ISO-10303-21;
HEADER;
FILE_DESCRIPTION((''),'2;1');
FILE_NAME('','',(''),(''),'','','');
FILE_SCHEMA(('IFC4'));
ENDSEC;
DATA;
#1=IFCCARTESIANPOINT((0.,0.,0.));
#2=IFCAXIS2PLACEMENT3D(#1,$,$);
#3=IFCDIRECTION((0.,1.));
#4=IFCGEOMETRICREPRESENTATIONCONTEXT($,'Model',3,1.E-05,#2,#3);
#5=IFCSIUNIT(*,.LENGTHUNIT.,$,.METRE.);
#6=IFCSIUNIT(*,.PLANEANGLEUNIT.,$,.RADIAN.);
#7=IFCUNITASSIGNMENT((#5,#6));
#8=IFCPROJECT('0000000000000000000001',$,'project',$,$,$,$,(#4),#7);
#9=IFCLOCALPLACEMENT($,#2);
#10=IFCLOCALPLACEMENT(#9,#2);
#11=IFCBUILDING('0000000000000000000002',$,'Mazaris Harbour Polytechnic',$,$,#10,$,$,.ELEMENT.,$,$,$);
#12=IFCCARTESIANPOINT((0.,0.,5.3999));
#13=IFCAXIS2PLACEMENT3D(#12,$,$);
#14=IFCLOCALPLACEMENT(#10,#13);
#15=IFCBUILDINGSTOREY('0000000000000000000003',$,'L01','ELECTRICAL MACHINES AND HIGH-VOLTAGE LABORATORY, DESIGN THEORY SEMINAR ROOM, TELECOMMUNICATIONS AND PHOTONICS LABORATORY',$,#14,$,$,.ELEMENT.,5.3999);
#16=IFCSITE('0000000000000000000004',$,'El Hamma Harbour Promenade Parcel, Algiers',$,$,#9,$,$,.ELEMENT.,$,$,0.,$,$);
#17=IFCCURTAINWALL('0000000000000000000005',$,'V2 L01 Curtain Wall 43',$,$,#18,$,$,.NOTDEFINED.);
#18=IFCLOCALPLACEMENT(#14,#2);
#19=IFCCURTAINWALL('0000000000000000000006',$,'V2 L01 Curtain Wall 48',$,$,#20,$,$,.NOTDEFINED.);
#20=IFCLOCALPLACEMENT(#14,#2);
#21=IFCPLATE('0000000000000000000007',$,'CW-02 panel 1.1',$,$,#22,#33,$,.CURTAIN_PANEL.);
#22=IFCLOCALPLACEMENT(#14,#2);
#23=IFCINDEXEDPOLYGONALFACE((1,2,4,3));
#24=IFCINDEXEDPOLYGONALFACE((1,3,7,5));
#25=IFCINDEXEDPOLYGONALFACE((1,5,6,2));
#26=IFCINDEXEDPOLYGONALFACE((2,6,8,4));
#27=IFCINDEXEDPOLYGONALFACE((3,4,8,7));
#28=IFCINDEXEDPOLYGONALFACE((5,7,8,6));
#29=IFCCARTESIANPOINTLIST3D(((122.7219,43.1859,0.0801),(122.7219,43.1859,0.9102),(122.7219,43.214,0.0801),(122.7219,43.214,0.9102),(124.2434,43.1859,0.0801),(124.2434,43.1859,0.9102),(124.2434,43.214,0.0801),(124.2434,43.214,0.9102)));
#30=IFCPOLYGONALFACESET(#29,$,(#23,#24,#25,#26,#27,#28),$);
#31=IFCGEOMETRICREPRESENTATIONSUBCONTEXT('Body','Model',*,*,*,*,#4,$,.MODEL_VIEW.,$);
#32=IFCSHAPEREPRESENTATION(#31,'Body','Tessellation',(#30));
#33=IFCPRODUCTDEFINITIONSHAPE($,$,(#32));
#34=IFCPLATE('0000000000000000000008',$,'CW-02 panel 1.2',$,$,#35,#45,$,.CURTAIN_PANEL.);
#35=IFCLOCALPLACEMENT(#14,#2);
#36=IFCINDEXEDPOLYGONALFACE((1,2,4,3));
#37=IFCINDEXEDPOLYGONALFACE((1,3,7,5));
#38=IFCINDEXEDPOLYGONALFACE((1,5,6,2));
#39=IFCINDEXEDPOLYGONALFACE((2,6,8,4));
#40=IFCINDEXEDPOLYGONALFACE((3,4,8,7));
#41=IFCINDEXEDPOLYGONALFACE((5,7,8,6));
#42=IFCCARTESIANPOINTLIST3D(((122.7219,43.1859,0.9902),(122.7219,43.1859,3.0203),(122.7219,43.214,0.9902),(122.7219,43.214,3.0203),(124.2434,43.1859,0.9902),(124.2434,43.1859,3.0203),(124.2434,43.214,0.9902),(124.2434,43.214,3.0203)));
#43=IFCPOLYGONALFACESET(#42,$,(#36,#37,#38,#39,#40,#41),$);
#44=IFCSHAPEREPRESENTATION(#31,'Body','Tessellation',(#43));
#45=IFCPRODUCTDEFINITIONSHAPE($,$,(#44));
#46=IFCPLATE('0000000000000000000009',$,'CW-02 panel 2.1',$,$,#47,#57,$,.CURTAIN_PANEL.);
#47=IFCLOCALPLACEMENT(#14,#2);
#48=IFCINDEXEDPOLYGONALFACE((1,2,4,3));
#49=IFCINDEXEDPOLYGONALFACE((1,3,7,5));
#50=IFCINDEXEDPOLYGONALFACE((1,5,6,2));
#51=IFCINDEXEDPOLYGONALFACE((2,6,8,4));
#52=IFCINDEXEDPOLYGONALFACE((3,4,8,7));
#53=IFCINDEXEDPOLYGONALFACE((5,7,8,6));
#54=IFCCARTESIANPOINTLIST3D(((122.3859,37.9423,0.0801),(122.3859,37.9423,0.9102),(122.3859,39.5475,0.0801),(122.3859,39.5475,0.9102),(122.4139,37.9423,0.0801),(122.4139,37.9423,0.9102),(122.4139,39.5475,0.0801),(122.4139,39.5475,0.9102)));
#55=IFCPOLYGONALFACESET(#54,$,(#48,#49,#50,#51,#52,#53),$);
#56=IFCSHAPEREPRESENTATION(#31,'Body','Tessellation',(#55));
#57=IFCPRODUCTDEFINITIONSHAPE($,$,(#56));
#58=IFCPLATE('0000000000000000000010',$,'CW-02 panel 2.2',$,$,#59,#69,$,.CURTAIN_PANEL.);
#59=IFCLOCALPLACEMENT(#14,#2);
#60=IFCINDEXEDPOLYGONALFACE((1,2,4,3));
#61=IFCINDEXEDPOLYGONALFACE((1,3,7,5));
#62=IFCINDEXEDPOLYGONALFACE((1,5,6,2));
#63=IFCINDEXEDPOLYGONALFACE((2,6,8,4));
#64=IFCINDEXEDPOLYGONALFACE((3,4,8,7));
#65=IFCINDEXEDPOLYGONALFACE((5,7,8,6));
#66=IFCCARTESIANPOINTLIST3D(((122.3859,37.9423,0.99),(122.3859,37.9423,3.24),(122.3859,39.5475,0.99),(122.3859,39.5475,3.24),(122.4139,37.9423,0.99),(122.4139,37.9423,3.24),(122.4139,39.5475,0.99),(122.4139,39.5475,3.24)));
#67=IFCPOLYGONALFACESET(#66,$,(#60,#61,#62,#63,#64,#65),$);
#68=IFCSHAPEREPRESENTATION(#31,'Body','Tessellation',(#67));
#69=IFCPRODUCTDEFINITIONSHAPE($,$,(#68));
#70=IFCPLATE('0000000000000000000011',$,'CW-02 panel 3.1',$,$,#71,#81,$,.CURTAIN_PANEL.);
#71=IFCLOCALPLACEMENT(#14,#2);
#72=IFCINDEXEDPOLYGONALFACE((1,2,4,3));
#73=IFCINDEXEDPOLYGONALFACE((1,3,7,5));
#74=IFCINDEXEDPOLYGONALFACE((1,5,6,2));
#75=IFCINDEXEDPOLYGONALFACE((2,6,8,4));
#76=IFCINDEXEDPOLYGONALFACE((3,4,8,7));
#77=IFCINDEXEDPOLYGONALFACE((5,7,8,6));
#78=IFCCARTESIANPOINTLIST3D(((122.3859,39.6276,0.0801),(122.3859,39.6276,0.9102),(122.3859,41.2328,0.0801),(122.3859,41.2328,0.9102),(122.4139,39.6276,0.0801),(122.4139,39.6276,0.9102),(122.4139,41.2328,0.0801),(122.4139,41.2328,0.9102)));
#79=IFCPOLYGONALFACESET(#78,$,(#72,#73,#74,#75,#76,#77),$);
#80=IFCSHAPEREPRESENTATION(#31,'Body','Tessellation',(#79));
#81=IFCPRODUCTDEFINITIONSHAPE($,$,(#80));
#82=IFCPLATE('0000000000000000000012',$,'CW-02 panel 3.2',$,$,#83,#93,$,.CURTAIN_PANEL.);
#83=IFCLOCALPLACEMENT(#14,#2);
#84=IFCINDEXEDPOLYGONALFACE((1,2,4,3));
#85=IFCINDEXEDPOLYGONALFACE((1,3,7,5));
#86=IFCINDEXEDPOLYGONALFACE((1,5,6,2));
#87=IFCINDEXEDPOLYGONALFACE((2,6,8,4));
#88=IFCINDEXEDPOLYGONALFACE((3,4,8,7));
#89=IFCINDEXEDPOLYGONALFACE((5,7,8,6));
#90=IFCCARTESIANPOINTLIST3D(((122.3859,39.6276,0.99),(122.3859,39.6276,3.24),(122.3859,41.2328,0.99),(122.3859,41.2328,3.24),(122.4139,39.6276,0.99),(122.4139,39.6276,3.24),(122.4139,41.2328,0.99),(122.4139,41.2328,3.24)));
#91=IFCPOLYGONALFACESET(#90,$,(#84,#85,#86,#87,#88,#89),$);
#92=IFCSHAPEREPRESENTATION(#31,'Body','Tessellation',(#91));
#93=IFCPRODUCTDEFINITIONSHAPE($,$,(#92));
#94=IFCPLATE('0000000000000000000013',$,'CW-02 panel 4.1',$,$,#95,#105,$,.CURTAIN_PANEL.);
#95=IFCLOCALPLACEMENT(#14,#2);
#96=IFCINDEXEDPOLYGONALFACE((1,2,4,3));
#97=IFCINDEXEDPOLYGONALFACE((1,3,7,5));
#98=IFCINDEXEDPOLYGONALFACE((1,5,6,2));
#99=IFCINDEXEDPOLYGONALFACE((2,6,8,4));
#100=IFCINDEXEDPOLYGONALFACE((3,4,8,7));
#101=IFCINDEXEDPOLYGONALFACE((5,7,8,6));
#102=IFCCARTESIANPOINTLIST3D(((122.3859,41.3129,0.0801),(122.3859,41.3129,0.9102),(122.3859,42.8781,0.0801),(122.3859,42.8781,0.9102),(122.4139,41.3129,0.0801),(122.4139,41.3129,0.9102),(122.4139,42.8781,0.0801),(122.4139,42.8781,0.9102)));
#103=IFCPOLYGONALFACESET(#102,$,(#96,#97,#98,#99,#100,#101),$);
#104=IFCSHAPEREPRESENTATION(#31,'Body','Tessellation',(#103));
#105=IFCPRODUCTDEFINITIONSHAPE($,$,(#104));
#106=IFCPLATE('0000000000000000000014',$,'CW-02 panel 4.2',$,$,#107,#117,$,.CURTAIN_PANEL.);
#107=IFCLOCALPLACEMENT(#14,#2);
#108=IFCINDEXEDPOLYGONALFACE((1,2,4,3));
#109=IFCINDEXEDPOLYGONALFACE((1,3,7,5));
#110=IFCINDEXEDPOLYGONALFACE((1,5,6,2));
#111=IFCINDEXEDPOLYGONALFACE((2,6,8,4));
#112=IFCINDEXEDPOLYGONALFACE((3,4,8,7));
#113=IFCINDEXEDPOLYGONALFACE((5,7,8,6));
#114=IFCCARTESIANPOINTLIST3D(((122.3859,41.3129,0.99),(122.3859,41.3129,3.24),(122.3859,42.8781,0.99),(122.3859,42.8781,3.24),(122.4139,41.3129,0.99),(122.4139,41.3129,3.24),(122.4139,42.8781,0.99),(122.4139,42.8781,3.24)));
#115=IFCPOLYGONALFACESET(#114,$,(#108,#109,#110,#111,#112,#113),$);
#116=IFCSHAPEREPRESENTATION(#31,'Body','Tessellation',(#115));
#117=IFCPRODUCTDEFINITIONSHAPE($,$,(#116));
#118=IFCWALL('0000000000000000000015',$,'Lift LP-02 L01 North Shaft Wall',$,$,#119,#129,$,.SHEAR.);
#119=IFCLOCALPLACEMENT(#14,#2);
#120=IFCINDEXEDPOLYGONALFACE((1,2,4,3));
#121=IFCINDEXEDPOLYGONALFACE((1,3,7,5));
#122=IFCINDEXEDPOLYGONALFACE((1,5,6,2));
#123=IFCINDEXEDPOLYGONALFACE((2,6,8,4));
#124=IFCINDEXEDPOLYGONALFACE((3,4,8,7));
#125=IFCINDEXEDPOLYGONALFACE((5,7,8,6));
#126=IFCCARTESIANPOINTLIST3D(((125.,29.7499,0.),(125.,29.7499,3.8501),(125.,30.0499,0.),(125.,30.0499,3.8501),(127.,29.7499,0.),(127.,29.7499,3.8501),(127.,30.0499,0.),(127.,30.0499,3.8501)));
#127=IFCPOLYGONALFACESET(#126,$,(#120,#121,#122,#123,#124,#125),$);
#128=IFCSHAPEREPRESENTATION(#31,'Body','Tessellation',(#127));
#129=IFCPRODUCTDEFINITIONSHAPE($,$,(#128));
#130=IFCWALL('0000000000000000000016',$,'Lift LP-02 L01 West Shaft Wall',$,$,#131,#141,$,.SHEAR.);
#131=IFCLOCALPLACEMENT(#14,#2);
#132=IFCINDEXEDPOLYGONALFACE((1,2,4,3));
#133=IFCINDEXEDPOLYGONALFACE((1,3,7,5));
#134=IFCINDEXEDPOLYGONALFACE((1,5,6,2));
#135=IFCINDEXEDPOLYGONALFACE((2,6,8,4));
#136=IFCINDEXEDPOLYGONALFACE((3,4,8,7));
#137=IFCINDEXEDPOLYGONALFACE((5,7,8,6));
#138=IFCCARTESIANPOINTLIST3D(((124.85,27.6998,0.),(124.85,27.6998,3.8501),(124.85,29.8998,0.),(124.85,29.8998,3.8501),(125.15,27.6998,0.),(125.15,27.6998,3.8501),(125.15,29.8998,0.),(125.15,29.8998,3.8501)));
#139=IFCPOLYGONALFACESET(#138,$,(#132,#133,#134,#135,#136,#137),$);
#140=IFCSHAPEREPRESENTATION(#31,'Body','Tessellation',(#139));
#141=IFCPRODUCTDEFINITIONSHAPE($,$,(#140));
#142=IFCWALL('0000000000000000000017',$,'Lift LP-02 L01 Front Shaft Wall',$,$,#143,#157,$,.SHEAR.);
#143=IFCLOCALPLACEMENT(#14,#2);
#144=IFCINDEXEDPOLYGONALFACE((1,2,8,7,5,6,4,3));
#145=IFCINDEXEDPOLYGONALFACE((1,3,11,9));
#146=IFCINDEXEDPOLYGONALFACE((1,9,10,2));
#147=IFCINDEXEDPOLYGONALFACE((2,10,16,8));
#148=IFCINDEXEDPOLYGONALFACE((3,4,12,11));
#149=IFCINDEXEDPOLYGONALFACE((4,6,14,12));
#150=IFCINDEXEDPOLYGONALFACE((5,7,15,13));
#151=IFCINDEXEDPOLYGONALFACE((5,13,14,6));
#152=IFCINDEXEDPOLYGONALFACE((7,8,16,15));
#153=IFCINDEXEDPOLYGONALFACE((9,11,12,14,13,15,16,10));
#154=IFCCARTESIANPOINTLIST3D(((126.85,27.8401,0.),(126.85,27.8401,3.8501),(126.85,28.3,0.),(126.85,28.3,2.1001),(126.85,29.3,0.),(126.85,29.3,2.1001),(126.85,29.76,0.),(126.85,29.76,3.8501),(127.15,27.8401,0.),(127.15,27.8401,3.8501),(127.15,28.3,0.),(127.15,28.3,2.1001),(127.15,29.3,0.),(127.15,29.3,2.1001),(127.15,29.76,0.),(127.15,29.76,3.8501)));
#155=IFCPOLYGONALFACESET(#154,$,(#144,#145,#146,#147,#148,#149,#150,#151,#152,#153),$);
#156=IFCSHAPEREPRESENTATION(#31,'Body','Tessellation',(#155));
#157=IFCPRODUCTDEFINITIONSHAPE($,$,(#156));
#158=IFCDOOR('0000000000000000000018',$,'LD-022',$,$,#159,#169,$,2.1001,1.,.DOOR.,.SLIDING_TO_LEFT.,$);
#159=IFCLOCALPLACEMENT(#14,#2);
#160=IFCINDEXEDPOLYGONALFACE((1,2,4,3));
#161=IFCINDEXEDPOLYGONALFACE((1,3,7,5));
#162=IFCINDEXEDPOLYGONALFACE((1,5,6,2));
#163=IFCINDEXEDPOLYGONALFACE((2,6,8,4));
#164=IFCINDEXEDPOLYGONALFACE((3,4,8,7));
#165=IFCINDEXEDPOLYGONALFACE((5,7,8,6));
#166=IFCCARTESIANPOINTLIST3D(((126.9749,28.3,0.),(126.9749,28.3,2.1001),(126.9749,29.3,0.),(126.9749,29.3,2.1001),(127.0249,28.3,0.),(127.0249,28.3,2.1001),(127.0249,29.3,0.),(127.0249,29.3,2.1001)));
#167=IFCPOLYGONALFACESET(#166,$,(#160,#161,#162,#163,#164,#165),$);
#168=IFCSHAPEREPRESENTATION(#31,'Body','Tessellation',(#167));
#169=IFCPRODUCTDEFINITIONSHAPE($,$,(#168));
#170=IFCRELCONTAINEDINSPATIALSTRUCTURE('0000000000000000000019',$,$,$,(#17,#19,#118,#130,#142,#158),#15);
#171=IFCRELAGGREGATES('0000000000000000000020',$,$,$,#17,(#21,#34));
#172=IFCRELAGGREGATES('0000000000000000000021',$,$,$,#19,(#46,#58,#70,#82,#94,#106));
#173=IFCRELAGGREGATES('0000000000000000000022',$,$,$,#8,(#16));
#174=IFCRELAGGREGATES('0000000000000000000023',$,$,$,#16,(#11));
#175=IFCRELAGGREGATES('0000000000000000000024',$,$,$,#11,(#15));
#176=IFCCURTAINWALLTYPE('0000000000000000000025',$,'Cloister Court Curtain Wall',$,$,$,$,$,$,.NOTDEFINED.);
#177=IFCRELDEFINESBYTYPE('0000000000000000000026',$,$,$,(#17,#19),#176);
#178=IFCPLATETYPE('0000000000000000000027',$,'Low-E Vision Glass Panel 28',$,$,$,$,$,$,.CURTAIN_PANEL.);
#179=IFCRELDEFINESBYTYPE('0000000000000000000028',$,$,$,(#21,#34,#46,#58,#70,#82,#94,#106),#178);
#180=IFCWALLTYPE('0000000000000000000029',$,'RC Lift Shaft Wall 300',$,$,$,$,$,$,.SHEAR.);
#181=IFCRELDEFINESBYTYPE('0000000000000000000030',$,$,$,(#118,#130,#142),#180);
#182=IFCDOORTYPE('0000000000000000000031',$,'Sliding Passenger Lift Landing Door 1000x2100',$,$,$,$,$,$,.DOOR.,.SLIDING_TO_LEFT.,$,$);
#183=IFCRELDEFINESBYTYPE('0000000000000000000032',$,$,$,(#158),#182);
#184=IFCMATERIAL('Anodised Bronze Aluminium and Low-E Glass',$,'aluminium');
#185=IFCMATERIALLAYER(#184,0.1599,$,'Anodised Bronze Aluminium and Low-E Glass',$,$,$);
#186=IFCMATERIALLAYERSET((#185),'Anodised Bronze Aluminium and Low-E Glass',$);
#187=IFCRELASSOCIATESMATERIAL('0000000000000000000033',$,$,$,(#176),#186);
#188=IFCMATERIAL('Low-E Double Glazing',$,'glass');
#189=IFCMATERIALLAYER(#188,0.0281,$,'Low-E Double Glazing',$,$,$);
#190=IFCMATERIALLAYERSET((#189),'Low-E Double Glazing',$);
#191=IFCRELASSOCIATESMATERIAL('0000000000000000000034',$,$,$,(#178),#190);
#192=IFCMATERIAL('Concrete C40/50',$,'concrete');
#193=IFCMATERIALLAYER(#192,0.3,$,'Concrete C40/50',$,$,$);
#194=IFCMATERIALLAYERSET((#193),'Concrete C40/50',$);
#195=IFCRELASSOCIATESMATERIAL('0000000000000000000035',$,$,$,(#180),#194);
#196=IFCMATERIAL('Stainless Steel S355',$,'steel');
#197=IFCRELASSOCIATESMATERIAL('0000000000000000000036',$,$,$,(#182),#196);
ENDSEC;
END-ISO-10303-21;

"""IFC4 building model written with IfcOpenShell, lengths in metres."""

from ifc_helpers import new_model, si_unit, direction, frame, frame_2d, origin, origin_2d, place, context, subcontext, project, spatial, rectangle, extrude, material, layer, layer_set, type_object, element, fill, aggregate, save


model = new_model("IFC4")

# Units and contexts
model_context = context("Model", 3, precision=1e-05, world=origin(), true_north=direction((0.0, 1.0)))
body_context = subcontext(model_context, "Body", "Model", "MODEL_VIEW")
ifc_project = project(units=[si_unit("LENGTHUNIT", "METRE"), si_unit("PLANEANGLEUNIT", "RADIAN")], contexts=[model_context])

# Site, building, storey
site_placement = place(None, origin())
site = spatial("IfcSite", under=ifc_project, at=site_placement, Name="El Hamma Harbour Promenade Parcel, Algiers", CompositionType="ELEMENT", RefElevation=0.0)
building_placement = place(site_placement, origin())
building = spatial("IfcBuilding", under=site, at=building_placement, Name="Mazaris Harbour Polytechnic", CompositionType="ELEMENT")
storey_placement = place(building_placement, frame((0.0, 0.0, 5.3999)))
storey = spatial("IfcBuildingStorey", under=building, at=storey_placement, Name="L01", Description="ELECTRICAL MACHINES AND HIGH-VOLTAGE LABORATORY, DESIGN THEORY SEMINAR ROOM, TELECOMMUNICATIONS AND PHOTONICS LABORATORY", CompositionType="ELEMENT", Elevation=5.3999)

# Curtain walls
ifc_material_1 = material(Name="Anodised Bronze Aluminium and Low-E Glass", Category="aluminium")
ifc_layer_1 = layer(ifc_material_1, 0.1599, Name="Anodised Bronze Aluminium and Low-E Glass")
ifc_layer_set_1 = layer_set([ifc_layer_1], Name="Anodised Bronze Aluminium and Low-E Glass")
curtain_wall_type = type_object("IfcCurtainWallType", Name="Cloister Court Curtain Wall", PredefinedType="NOTDEFINED", material=ifc_layer_set_1)
curtain_wall_1_placement = place(storey_placement, origin())
curtain_wall_1 = element("IfcCurtainWall", 1, at=curtain_wall_1_placement, inside=storey, type_object=curtain_wall_type, Name="V2 L01 Curtain Wall 43", PredefinedType="NOTDEFINED")
curtain_wall_2_placement = place(storey_placement, origin())
curtain_wall_2 = element("IfcCurtainWall", 2, at=curtain_wall_2_placement, inside=storey, type_object=curtain_wall_type, Name="V2 L01 Curtain Wall 48", PredefinedType="NOTDEFINED")

# Plates
ifc_material_2 = material(Name="Low-E Double Glazing", Category="glass")
ifc_layer_2 = layer(ifc_material_2, 0.0281, Name="Low-E Double Glazing")
ifc_layer_set_2 = layer_set([ifc_layer_2], Name="Low-E Double Glazing")
plate_type = type_object("IfcPlateType", Name="Low-E Vision Glass Panel 28", PredefinedType="CURTAIN_PANEL", material=ifc_layer_set_2)
plate_1_placement = place(storey_placement, frame((123.4827, 43.2, 0.0801), z_axis=(0.0, 0.0, 1.0), x_axis=(1.0, 0.0, 0.0)))
plate_1 = element("IfcPlate", 3, at=plate_1_placement, type_object=plate_type, Name="CW-02 panel 1.1", PredefinedType="CURTAIN_PANEL", context=body_context, shape_type="SweptSolid", body=[
    extrude(rectangle(XDim=1.5215, YDim=0.0281, at=origin_2d()), origin(), (0.0, 0.0, 1.0), 0.8301),
])
plate_2_placement = place(storey_placement, frame((123.4827, 43.2, 0.9902), z_axis=(0.0, 0.0, 1.0), x_axis=(1.0, 0.0, 0.0)))
plate_2 = element("IfcPlate", 4, at=plate_2_placement, type_object=plate_type, Name="CW-02 panel 1.2", PredefinedType="CURTAIN_PANEL", context=body_context, shape_type="SweptSolid", body=[
    extrude(rectangle(XDim=1.5215, YDim=0.0281, at=origin_2d()), origin(), (0.0, 0.0, 1.0), 2.03),
])
aggregate(curtain_wall_1, [plate_1, plate_2])
plate_3_placement = place(storey_placement, frame((122.3999, 38.7449, 0.0801), z_axis=(0.0, 0.0, 1.0), x_axis=(0.0, 1.0, 0.0)))
plate_3 = element("IfcPlate", 5, at=plate_3_placement, type_object=plate_type, Name="CW-02 panel 2.1", PredefinedType="CURTAIN_PANEL", context=body_context, shape_type="SweptSolid", body=[
    extrude(rectangle(XDim=1.6052, YDim=0.0281, at=origin_2d()), origin(), (0.0, 0.0, 1.0), 0.8301),
])
plate_4_placement = place(storey_placement, frame((122.3999, 38.7449, 0.99), z_axis=(0.0, 0.0, 1.0), x_axis=(0.0, 1.0, 0.0)))
plate_4 = element("IfcPlate", 6, at=plate_4_placement, type_object=plate_type, Name="CW-02 panel 2.2", PredefinedType="CURTAIN_PANEL", context=body_context, shape_type="SweptSolid", body=[
    extrude(rectangle(XDim=1.6052, YDim=0.0281, at=origin_2d()), origin(), (0.0, 0.0, 1.0), 2.25),
])
plate_5_placement = place(storey_placement, frame((122.3999, 40.4302, 0.0801), z_axis=(0.0, 0.0, 1.0), x_axis=(0.0, 1.0, 0.0)))
plate_5 = element("IfcPlate", 7, at=plate_5_placement, type_object=plate_type, Name="CW-02 panel 3.1", PredefinedType="CURTAIN_PANEL", context=body_context, shape_type="SweptSolid", body=[
    extrude(rectangle(XDim=1.6052, YDim=0.0281, at=origin_2d()), origin(), (0.0, 0.0, 1.0), 0.8301),
])
plate_6_placement = place(storey_placement, frame((122.3999, 40.4302, 0.99), z_axis=(0.0, 0.0, 1.0), x_axis=(0.0, 1.0, 0.0)))
plate_6 = element("IfcPlate", 8, at=plate_6_placement, type_object=plate_type, Name="CW-02 panel 3.2", PredefinedType="CURTAIN_PANEL", context=body_context, shape_type="SweptSolid", body=[
    extrude(rectangle(XDim=1.6052, YDim=0.0281, at=origin_2d()), origin(), (0.0, 0.0, 1.0), 2.25),
])
plate_7_placement = place(storey_placement, frame((122.3999, 42.0955, 0.0801), z_axis=(0.0, 0.0, 1.0), x_axis=(0.0, 1.0, 0.0)))
plate_7 = element("IfcPlate", 9, at=plate_7_placement, type_object=plate_type, Name="CW-02 panel 4.1", PredefinedType="CURTAIN_PANEL", context=body_context, shape_type="SweptSolid", body=[
    extrude(rectangle(XDim=1.5652, YDim=0.0281, at=origin_2d()), origin(), (0.0, 0.0, 1.0), 0.8301),
])
plate_8_placement = place(storey_placement, frame((122.3999, 42.0955, 0.99), z_axis=(0.0, 0.0, 1.0), x_axis=(0.0, 1.0, 0.0)))
plate_8 = element("IfcPlate", 10, at=plate_8_placement, type_object=plate_type, Name="CW-02 panel 4.2", PredefinedType="CURTAIN_PANEL", context=body_context, shape_type="SweptSolid", body=[
    extrude(rectangle(XDim=1.5652, YDim=0.0281, at=origin_2d()), origin(), (0.0, 0.0, 1.0), 2.25),
])
aggregate(curtain_wall_2, [plate_3, plate_4, plate_5, plate_6, plate_7, plate_8])

# Walls
ifc_material_3 = material(Name="Concrete C40/50", Category="concrete")
ifc_layer_3 = layer(ifc_material_3, 0.3, Name="Concrete C40/50")
ifc_layer_set_3 = layer_set([ifc_layer_3], Name="Concrete C40/50")
wall_type = type_object("IfcWallType", Name="RC Lift Shaft Wall 300", PredefinedType="SHEAR", material=ifc_layer_set_3)
wall_1_placement = place(storey_placement, frame((127.0, 29.8999, 0.0), z_axis=(0.0, 0.0, 1.0), x_axis=(-1.0, 0.0, 0.0)))
element("IfcWall", 11, at=wall_1_placement, inside=storey, type_object=wall_type, Name="Lift LP-02 L01 North Shaft Wall", PredefinedType="SHEAR", context=body_context, shape_type="SweptSolid", body=[
    extrude(rectangle(XDim=2.0, YDim=0.3, at=frame_2d((1.0, 0.0))), origin(), (0.0, 0.0, 1.0), 3.8501),
])
wall_2_placement = place(storey_placement, frame((125.0, 29.8999, 0.0), z_axis=(0.0, 0.0, 1.0), x_axis=(0.0, -1.0, 0.0)))
element("IfcWall", 12, at=wall_2_placement, inside=storey, type_object=wall_type, Name="Lift LP-02 L01 West Shaft Wall", PredefinedType="SHEAR", context=body_context, shape_type="SweptSolid", body=[
    extrude(rectangle(XDim=2.2, YDim=0.3, at=frame_2d((1.1001, 0.0))), origin(), (0.0, 0.0, 1.0), 3.8501),
])

# Wall, opening, door
wall_3_placement = place(storey_placement, frame((127.0, 29.76, 0.0), z_axis=(0.0, 0.0, 1.0), x_axis=(0.0, -1.0, 0.0)))
wall_3 = element("IfcWall", 13, at=wall_3_placement, inside=storey, type_object=wall_type, Name="Lift LP-02 L01 Front Shaft Wall", PredefinedType="SHEAR", context=body_context, shape_type="SweptSolid", body=[
    extrude(rectangle(XDim=1.9199, YDim=0.3, at=frame_2d((0.96, 0.0))), origin(), (0.0, 0.0, 1.0), 3.8501),
])
opening_placement = place(wall_3_placement, frame((0.46, 0.0, 0.0)))
opening = element("IfcOpeningElement", 14, at=opening_placement, cuts=wall_3, PredefinedType="OPENING", context=body_context, shape_type="SweptSolid", body=[
    extrude(rectangle(XDim=1.0, YDim=2.1001, at=frame_2d((0.5, 1.05))), frame((0.0, 0.1599, 0.0), z_axis=(0.0, -1.0, 0.0), x_axis=(1.0, 0.0, 0.0)), (0.0, 0.0, 1.0), 0.3201),
])
ifc_material_4 = material(Name="Stainless Steel S355", Category="steel")
door_type = type_object("IfcDoorType", Name="Sliding Passenger Lift Landing Door 1000x2100", OperationType="SLIDING_TO_LEFT", PredefinedType="DOOR", material=ifc_material_4)
door_placement = place(opening_placement, origin())
door = element("IfcDoor", 15, at=door_placement, inside=storey, type_object=door_type, Name="LD-022", OperationType="SLIDING_TO_LEFT", OverallHeight=2.1001, OverallWidth=1.0, PredefinedType="DOOR", context=body_context, shape_type="SweptSolid", body=[
    extrude(rectangle(XDim=1.0, YDim=2.1001, at=frame_2d((0.5, 1.05))), frame((0.0, 0.0249, 0.0), z_axis=(0.0, -1.0, 0.0), x_axis=(1.0, 0.0, 0.0)), (0.0, 0.0, 1.0), 0.05),
])
fill(opening, door)

save(model, "model.ifc")
